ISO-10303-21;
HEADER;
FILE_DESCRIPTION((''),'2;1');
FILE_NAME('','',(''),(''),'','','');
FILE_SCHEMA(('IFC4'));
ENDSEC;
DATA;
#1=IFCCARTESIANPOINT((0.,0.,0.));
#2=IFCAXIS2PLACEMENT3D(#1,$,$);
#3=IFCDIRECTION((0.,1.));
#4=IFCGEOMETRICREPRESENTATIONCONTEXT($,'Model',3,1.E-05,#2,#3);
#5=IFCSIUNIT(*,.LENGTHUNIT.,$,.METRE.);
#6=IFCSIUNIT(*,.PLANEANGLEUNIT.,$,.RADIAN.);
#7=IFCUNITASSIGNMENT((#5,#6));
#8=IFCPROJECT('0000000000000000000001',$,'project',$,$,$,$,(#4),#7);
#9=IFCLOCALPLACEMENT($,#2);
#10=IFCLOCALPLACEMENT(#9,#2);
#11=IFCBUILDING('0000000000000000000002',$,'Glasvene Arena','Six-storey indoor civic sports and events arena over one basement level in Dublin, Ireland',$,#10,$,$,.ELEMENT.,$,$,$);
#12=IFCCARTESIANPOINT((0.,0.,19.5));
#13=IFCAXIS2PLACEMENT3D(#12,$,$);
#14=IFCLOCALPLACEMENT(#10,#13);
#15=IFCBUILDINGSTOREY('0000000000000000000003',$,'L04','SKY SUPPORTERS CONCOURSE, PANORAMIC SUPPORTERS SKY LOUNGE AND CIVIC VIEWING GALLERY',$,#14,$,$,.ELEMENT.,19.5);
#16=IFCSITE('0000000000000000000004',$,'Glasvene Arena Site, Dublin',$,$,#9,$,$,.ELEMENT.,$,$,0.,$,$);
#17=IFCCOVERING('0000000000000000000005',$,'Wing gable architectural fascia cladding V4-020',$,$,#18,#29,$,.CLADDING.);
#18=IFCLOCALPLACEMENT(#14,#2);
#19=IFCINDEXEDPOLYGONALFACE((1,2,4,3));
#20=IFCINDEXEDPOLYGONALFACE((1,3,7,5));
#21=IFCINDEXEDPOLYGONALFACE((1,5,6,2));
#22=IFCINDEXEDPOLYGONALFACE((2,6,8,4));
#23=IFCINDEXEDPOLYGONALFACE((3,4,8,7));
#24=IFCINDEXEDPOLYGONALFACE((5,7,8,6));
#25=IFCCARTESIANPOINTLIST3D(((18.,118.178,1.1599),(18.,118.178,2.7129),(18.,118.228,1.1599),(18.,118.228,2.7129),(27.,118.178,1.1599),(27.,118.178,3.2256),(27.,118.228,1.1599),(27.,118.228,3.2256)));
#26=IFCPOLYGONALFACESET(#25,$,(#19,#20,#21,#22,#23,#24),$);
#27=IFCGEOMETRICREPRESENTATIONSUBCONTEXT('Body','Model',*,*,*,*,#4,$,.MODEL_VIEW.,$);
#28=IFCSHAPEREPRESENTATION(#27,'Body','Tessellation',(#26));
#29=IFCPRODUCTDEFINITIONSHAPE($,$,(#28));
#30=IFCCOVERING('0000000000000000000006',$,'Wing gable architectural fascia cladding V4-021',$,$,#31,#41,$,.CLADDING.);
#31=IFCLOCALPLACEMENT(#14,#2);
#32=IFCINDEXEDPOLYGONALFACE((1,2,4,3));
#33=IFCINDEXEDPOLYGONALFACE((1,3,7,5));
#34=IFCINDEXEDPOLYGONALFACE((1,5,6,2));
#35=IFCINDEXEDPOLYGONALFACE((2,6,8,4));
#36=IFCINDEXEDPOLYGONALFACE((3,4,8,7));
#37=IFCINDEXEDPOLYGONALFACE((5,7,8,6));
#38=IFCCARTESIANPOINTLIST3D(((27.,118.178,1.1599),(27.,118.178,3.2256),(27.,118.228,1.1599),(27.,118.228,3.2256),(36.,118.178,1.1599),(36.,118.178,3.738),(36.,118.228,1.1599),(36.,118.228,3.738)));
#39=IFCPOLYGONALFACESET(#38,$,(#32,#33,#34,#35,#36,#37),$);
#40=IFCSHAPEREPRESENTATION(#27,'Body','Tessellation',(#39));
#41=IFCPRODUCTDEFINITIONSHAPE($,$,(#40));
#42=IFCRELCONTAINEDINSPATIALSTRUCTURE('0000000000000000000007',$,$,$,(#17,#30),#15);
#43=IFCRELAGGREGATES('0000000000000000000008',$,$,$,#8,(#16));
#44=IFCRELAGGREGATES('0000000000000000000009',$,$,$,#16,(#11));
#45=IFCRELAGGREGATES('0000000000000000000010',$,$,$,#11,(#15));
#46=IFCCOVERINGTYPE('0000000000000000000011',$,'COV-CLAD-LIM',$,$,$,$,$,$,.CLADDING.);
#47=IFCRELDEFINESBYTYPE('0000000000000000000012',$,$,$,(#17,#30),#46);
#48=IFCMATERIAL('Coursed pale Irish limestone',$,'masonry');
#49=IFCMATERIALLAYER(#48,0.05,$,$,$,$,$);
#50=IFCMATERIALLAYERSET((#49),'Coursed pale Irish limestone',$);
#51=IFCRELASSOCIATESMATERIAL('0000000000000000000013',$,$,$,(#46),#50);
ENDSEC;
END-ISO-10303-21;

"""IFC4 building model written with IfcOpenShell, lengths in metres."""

from ifc_helpers import new_model, si_unit, direction, frame, origin, place, context, subcontext, project, spatial, polyline, outline, extrude, material, layer, layer_set, type_object, element, save


model = new_model("IFC4")

# Units and contexts
model_context = context("Model", 3, precision=1e-05, world=origin(), true_north=direction((0.0, 1.0)))
body_context = subcontext(model_context, "Body", "Model", "MODEL_VIEW")
ifc_project = project(units=[si_unit("LENGTHUNIT", "METRE"), si_unit("PLANEANGLEUNIT", "RADIAN")], contexts=[model_context])

# Site, building, storey
site_placement = place(None, origin())
site = spatial("IfcSite", under=ifc_project, at=site_placement, Name="Glasvene Arena Site, Dublin", CompositionType="ELEMENT", RefElevation=0.0)
building_placement = place(site_placement, origin())
building = spatial("IfcBuilding", under=site, at=building_placement, Name="Glasvene Arena", Description="Six-storey indoor civic sports and events arena over one basement level in Dublin, Ireland", CompositionType="ELEMENT")
storey_placement = place(building_placement, frame((0.0, 0.0, 19.5)))
storey = spatial("IfcBuildingStorey", under=building, at=storey_placement, Name="L04", Description="SKY SUPPORTERS CONCOURSE, PANORAMIC SUPPORTERS SKY LOUNGE AND CIVIC VIEWING GALLERY", CompositionType="ELEMENT", Elevation=19.5)

# Shared definitions
ifc_material_1 = material(Name="Coursed pale Irish limestone", Category="masonry")

# Coverings
ifc_layer_1 = layer(ifc_material_1, 0.05)
ifc_layer_set_1 = layer_set([ifc_layer_1], Name="Coursed pale Irish limestone")
covering_type = type_object("IfcCoveringType", Name="COV-CLAD-LIM", PredefinedType="CLADDING", material=ifc_layer_set_1)
covering_1_placement = place(storey_placement, frame((18.0, 118.228, 1.1599), z_axis=(0.0, 1.0, 0.0), x_axis=(0.0, 0.0, 1.0)))
element("IfcCovering", 1, at=covering_1_placement, inside=storey, type_object=covering_type, Name="Wing gable architectural fascia cladding V4-020", PredefinedType="CLADDING", context=body_context, shape_type="SweptSolid", body=[
    extrude(outline(polyline([(0.0, 0.0), (1.553, 0.0), (2.0657, 9.0), (0.0, 9.0), (0.0, 0.0)])), origin(), (0.0, 0.0, -1.0), 0.05),
])
covering_2_placement = place(storey_placement, frame((27.0, 118.228, 1.1599), z_axis=(0.0, 1.0, 0.0), x_axis=(0.0, 0.0, 1.0)))
element("IfcCovering", 2, at=covering_2_placement, inside=storey, type_object=covering_type, Name="Wing gable architectural fascia cladding V4-021", PredefinedType="CLADDING", context=body_context, shape_type="SweptSolid", body=[
    extrude(outline(polyline([(0.0, 0.0), (2.0657, 0.0), (2.5781, 9.0), (0.0, 9.0), (0.0, 0.0)])), origin(), (0.0, 0.0, -1.0), 0.05),
])

save(model, "model.ifc")
